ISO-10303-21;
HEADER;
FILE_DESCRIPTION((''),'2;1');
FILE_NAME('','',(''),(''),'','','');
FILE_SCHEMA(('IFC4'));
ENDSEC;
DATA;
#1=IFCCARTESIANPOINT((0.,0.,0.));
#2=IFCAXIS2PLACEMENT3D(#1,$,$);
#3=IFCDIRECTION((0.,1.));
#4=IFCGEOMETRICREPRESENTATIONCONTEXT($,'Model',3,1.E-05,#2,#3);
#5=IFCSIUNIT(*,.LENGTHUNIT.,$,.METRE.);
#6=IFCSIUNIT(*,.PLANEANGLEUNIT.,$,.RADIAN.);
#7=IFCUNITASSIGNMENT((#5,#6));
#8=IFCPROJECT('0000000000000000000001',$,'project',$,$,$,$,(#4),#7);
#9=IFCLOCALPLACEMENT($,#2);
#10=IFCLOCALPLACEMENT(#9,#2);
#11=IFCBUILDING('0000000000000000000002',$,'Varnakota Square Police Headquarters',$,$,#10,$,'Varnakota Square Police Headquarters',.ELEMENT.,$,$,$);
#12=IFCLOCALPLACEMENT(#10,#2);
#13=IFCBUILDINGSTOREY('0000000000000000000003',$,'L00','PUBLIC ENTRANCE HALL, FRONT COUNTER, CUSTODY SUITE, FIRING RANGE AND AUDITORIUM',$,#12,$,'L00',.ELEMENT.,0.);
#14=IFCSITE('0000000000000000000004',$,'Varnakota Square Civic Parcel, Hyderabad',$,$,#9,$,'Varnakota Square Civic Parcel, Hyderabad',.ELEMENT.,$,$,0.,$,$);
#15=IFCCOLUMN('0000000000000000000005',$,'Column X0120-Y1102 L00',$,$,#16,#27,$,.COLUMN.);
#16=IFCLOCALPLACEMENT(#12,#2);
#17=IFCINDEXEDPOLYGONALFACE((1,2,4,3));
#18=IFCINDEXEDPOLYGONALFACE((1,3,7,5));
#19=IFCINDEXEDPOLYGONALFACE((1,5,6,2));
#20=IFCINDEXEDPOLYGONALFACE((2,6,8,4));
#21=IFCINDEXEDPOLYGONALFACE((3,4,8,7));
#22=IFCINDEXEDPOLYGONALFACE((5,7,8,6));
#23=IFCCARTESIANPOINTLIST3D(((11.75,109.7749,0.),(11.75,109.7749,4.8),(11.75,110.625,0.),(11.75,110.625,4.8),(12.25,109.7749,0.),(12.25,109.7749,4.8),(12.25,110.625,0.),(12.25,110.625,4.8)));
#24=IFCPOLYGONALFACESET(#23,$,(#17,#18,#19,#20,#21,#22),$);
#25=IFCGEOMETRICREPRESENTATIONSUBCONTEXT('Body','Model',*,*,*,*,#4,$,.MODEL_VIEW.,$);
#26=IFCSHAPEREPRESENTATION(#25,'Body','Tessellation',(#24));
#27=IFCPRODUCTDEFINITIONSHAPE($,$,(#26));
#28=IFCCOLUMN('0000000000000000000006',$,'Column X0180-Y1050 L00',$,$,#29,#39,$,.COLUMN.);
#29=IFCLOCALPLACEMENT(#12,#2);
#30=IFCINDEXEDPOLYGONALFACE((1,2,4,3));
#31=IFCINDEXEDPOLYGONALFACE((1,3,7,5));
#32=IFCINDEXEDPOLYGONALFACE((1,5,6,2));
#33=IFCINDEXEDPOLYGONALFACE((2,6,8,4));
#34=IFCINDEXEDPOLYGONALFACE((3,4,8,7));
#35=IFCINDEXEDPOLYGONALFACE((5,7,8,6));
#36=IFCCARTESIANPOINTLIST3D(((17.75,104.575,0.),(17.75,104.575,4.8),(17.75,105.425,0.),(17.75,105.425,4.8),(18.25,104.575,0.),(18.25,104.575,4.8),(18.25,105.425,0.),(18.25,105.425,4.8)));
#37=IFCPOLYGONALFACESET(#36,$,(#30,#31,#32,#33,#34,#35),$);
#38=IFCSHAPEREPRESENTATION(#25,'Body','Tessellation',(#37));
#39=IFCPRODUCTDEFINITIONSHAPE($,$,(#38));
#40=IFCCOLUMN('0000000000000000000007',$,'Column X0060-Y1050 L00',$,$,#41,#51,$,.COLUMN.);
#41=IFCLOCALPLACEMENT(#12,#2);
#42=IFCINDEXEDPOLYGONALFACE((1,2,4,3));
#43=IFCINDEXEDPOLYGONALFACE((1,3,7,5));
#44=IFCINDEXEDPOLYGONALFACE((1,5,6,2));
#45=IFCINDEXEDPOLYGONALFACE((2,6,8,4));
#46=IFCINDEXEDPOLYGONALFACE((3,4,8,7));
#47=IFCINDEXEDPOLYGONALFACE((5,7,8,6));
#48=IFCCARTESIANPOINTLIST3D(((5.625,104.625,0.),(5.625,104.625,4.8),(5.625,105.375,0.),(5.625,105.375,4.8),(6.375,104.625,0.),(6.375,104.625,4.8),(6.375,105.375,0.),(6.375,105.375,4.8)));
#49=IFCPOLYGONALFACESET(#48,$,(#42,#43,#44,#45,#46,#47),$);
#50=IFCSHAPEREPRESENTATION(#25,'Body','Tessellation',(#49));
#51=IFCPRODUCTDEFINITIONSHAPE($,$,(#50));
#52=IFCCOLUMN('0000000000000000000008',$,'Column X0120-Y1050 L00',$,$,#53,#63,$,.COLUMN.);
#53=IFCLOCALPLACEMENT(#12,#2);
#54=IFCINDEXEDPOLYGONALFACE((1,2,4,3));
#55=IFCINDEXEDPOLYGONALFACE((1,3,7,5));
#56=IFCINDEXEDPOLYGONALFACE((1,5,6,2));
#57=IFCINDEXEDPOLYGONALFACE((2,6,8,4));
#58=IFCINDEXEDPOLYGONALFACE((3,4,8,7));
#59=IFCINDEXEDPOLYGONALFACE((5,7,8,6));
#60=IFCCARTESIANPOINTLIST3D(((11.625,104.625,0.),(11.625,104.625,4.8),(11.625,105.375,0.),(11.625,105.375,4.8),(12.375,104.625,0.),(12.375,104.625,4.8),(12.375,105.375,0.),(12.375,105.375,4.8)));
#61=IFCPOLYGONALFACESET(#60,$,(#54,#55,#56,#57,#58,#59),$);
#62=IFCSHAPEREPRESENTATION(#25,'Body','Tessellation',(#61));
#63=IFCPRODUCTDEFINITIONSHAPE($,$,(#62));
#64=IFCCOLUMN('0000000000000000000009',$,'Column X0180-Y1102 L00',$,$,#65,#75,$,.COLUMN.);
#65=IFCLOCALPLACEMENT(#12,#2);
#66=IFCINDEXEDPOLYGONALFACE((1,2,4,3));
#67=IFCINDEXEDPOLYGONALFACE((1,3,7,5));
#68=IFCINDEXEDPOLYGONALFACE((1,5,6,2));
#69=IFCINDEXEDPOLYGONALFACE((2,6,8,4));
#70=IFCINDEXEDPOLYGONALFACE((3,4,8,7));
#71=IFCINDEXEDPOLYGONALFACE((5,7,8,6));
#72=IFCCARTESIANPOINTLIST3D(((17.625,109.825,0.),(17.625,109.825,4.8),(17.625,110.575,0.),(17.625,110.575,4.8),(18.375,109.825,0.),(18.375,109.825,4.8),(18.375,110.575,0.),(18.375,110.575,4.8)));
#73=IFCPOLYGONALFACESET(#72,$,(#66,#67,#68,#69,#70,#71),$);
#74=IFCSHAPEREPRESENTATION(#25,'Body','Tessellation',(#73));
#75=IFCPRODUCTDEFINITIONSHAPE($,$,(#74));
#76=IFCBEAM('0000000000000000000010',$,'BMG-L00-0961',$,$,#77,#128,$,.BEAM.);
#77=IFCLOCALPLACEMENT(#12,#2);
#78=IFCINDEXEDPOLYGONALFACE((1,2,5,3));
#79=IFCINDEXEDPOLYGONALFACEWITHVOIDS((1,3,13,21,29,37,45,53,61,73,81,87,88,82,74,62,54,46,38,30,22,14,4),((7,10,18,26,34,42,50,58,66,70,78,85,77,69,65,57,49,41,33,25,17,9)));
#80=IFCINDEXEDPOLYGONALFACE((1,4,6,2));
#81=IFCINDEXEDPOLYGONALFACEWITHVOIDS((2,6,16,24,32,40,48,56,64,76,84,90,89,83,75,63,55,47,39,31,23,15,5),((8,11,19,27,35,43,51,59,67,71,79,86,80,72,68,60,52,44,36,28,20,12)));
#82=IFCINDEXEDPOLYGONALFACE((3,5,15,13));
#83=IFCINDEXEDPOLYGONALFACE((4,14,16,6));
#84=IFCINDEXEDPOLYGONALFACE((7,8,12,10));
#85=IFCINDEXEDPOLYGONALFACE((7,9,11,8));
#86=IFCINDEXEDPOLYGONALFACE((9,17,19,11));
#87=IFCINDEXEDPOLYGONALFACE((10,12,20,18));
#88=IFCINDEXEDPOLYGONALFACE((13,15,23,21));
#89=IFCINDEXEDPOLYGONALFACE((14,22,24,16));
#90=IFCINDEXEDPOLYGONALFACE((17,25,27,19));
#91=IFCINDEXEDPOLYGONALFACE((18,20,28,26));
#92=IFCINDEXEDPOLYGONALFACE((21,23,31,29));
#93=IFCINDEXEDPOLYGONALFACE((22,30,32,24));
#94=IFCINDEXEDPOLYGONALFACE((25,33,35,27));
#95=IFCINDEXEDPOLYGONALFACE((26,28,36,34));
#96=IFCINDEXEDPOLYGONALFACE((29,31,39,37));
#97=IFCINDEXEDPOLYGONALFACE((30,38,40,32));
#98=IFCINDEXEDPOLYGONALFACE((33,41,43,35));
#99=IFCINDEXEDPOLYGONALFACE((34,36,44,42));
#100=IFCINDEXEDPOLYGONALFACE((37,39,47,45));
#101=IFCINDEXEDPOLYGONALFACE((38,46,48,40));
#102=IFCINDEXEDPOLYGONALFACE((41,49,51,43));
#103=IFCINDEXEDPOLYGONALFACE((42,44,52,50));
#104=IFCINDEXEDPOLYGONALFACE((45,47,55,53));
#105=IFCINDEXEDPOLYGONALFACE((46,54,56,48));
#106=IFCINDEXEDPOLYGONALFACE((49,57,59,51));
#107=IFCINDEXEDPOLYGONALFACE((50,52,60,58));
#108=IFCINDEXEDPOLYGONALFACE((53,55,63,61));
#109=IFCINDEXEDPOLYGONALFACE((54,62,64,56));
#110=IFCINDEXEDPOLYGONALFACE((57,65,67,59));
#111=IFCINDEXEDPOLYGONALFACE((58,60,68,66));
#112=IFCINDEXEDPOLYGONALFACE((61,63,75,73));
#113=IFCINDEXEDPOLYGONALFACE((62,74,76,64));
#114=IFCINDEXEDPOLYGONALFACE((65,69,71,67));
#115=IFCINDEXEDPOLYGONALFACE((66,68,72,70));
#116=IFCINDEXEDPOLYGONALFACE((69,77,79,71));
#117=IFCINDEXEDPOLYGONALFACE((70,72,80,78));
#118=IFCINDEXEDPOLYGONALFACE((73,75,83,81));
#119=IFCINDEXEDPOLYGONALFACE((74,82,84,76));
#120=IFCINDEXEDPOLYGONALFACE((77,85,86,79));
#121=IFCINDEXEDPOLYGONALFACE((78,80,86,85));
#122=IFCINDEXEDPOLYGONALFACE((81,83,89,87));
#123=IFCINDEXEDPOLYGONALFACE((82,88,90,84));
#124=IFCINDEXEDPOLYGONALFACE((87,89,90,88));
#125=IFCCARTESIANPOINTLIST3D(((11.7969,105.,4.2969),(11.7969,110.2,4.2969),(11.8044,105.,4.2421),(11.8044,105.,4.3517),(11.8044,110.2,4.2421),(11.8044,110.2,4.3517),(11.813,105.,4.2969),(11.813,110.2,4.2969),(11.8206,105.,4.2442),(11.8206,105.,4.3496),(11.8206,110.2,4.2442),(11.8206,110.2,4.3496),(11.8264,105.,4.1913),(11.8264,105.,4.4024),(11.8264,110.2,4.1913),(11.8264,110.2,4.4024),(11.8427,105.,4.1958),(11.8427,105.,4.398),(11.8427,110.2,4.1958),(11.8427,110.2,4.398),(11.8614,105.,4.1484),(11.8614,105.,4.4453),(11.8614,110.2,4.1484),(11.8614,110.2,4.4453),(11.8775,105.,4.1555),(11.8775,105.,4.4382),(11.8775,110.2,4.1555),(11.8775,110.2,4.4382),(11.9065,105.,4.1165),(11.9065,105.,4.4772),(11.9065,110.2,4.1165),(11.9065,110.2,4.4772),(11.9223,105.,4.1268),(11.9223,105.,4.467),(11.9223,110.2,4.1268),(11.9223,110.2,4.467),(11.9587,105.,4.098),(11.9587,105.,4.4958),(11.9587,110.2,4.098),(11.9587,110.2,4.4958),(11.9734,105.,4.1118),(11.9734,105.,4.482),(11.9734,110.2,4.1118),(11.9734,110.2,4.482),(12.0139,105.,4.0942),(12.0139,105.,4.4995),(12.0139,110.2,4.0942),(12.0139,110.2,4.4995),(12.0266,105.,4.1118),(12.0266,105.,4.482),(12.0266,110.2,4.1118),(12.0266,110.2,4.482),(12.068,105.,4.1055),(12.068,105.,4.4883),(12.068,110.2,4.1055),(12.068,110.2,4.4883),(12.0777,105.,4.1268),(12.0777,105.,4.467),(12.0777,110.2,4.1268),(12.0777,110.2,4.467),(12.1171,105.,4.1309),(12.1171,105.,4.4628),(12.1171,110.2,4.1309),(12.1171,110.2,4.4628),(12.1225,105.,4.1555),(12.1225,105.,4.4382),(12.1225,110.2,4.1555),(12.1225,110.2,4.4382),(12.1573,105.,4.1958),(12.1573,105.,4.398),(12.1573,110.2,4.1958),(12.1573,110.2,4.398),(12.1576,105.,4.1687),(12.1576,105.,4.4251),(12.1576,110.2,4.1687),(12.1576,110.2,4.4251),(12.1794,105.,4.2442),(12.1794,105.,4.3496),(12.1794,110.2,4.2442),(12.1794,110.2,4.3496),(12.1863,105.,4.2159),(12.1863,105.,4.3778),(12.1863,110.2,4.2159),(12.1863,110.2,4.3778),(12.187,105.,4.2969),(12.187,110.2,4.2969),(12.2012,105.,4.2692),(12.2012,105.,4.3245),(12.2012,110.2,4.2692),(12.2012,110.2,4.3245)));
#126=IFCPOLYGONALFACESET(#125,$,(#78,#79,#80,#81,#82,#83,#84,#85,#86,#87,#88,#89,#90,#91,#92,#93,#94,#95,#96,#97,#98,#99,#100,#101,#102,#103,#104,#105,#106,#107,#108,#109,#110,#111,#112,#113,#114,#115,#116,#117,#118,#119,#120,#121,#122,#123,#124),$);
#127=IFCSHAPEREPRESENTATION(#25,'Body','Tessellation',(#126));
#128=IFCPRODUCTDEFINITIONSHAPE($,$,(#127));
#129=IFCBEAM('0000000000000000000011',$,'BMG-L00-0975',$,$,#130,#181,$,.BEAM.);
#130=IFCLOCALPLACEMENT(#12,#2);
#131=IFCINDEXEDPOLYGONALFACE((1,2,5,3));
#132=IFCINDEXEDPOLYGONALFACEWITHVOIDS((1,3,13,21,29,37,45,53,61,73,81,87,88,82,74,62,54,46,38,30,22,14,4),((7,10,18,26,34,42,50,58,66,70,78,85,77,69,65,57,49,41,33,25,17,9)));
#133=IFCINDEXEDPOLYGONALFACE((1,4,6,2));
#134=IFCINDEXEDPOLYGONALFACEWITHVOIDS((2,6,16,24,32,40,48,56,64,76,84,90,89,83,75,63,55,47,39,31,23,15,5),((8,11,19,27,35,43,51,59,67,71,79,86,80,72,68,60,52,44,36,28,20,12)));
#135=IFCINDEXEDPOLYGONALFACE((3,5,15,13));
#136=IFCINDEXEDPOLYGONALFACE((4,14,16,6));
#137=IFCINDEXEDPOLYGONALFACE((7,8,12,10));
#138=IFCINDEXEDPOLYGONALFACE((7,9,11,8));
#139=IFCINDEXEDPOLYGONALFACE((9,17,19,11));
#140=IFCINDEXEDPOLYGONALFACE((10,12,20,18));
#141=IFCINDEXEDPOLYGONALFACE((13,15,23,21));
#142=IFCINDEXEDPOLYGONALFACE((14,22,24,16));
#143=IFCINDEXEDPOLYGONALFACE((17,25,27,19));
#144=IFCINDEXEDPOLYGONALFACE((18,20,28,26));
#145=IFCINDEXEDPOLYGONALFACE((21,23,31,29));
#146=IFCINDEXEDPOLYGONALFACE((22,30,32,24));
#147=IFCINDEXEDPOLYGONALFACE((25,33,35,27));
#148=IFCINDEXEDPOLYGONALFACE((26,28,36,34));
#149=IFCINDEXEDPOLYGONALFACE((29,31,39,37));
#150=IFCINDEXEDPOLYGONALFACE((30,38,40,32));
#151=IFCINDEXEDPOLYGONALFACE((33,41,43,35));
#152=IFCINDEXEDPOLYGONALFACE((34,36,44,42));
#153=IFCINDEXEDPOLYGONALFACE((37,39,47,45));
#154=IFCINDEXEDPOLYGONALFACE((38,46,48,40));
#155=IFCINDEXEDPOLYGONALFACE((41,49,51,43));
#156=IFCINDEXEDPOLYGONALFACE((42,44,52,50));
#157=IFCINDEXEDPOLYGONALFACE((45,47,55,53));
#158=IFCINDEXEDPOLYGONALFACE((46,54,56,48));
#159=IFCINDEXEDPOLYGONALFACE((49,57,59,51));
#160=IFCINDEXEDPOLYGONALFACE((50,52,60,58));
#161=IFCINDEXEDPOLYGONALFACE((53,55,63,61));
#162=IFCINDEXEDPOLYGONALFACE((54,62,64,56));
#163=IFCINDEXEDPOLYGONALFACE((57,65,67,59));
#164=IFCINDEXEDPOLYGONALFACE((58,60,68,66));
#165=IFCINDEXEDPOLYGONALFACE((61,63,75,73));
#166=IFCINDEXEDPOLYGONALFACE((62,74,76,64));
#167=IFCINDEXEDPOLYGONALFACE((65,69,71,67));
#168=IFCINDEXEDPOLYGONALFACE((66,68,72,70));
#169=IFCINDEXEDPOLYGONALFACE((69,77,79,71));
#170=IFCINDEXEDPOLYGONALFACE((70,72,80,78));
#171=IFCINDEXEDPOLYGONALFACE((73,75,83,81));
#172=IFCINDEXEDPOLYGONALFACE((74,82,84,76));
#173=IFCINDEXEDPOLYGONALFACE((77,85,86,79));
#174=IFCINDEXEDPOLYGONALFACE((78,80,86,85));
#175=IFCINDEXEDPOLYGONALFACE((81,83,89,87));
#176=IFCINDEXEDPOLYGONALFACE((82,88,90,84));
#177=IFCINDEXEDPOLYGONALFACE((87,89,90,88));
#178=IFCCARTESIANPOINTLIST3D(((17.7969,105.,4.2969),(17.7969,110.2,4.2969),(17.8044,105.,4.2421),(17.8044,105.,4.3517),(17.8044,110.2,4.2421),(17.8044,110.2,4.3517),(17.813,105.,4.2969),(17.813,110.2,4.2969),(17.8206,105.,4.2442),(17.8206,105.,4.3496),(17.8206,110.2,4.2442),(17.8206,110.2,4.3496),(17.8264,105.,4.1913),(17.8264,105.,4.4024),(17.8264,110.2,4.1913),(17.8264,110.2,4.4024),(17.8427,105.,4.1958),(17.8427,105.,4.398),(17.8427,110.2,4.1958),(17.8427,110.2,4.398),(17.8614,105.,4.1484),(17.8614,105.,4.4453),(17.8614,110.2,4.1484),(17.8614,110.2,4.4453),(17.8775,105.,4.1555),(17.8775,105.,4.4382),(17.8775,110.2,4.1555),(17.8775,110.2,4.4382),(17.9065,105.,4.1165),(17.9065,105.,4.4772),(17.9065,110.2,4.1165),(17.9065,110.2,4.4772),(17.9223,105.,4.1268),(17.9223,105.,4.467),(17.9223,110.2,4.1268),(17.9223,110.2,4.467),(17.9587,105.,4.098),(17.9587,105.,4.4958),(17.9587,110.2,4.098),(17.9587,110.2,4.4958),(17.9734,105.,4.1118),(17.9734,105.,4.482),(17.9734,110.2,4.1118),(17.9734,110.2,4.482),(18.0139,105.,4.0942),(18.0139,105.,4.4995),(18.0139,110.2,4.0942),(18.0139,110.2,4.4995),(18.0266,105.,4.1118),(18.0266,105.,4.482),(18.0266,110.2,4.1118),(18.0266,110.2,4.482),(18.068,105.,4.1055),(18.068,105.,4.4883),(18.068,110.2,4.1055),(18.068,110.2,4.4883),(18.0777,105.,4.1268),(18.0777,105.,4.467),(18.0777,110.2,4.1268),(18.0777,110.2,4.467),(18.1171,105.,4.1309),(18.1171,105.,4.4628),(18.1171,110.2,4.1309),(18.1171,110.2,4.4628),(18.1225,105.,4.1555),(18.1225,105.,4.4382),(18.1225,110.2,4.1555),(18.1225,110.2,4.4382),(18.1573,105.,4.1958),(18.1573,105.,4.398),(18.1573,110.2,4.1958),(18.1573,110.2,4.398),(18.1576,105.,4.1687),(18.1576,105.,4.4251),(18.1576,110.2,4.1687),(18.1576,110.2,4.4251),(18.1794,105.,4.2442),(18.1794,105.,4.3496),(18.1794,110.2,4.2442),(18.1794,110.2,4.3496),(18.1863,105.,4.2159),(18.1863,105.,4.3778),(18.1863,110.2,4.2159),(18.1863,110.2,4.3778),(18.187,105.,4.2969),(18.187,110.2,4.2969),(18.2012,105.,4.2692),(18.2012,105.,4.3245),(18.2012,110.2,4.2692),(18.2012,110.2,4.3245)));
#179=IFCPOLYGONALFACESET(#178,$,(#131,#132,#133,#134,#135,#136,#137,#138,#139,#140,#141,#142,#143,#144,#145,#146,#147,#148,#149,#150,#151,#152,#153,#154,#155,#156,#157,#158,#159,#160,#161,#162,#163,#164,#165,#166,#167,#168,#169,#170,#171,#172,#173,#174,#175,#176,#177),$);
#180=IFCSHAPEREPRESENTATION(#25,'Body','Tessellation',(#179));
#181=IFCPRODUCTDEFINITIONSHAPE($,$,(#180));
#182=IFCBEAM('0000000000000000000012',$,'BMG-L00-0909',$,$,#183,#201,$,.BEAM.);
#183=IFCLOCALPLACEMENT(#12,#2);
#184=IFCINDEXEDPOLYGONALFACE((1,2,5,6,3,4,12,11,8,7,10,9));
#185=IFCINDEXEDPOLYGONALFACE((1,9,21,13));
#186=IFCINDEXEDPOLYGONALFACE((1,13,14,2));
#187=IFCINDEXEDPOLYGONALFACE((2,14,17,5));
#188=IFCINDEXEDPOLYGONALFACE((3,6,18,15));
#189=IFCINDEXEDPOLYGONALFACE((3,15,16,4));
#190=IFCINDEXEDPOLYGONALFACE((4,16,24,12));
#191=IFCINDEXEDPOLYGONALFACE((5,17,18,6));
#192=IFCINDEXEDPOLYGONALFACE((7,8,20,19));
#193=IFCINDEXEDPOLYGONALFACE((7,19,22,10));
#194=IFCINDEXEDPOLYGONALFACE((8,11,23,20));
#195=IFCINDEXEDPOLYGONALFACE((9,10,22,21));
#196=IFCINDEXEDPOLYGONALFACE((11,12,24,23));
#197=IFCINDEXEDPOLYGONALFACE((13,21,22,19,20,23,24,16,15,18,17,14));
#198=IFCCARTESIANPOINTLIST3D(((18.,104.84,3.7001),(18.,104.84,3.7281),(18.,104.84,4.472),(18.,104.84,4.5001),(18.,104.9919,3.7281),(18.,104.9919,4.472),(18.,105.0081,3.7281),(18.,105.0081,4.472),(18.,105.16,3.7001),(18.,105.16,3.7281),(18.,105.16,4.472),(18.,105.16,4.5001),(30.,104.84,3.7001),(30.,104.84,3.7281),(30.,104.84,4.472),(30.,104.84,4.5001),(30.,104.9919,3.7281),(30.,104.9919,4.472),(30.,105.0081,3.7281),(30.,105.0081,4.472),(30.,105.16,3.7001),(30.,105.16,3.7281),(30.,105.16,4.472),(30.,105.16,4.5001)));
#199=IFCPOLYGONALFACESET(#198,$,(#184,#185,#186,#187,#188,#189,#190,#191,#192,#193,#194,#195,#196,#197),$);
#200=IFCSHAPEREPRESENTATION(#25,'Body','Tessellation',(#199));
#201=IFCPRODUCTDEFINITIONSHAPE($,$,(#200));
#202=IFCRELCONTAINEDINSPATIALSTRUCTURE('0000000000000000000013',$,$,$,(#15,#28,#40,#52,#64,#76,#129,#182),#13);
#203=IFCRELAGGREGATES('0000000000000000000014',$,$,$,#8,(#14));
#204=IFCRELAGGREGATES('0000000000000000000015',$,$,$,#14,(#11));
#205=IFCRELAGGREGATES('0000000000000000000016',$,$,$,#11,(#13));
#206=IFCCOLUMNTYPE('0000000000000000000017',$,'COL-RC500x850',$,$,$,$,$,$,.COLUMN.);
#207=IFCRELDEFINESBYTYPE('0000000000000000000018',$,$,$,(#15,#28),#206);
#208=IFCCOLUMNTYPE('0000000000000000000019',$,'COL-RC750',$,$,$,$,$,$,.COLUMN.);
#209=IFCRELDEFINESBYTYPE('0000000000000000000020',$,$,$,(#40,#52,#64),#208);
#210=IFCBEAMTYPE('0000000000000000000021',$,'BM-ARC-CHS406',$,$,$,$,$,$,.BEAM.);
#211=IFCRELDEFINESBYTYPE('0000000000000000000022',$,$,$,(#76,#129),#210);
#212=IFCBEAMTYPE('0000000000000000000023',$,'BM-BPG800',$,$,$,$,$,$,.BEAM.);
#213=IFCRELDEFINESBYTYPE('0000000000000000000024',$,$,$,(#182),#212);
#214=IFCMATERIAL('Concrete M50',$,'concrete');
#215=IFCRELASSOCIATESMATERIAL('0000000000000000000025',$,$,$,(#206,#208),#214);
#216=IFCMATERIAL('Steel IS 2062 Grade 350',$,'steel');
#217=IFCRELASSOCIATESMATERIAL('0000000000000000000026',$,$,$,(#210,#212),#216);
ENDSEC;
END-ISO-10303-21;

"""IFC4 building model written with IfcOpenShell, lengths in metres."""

from ifc_helpers import new_model, si_unit, direction, frame, origin, origin_2d, place, context, subcontext, project, spatial, rectangle, hollow_circle, i_section, extrude, material, material_profile, profile_set, type_object, element, save


model = new_model("IFC4")

# Units and contexts
model_context = context("Model", 3, precision=1e-05, world=origin(), true_north=direction((0.0, 1.0)))
body_context = subcontext(model_context, "Body", "Model", "MODEL_VIEW")
ifc_project = project(units=[si_unit("LENGTHUNIT", "METRE"), si_unit("PLANEANGLEUNIT", "RADIAN")], contexts=[model_context])

# Site, building, storey
site_placement = place(None, origin())
site = spatial("IfcSite", under=ifc_project, at=site_placement, Name="Varnakota Square Civic Parcel, Hyderabad", LongName="Varnakota Square Civic Parcel, Hyderabad", CompositionType="ELEMENT", RefElevation=0.0)
building_placement = place(site_placement, origin())
building = spatial("IfcBuilding", under=site, at=building_placement, Name="Varnakota Square Police Headquarters", LongName="Varnakota Square Police Headquarters", CompositionType="ELEMENT")
storey_placement = place(building_placement, origin())
storey = spatial("IfcBuildingStorey", under=building, at=storey_placement, Name="L00", Description="PUBLIC ENTRANCE HALL, FRONT COUNTER, CUSTODY SUITE, FIRING RANGE AND AUDITORIUM", LongName="L00", CompositionType="ELEMENT", Elevation=0.0)

# Columns
ifc_material_1 = material(Name="Concrete M50", Category="concrete")
ifc_material_profile_1 = material_profile(ifc_material_1, rectangle(XDim=0.5, YDim=0.8501, at=origin_2d()), Name="RC 500x850")
ifc_profile_set_1 = profile_set([ifc_material_profile_1], Name="Concrete M50")
column_type_1 = type_object("IfcColumnType", Name="COL-RC500x850", PredefinedType="COLUMN", material=ifc_profile_set_1)
for number, where, z_axis, x_axis, name in (
    (1, (12.0, 110.2, 0.0), (0.0, 0.0, 1.0), (1.0, 0.0, 0.0), "Column X0120-Y1102 L00"),
    (2, (18.0, 105.0, 0.0), (0.0, 0.0, 1.0), (1.0, 0.0, 0.0), "Column X0180-Y1050 L00"),
):
    element("IfcColumn", number, at=place(storey_placement, frame(where, z_axis=z_axis, x_axis=x_axis)), inside=storey, type_object=column_type_1, Name=name, PredefinedType="COLUMN", context=body_context, shape_type="SweptSolid", body=[
        extrude(rectangle(XDim=0.5, YDim=0.8501, at=origin_2d()), origin(), (0.0, 0.0, 1.0), 4.8),
    ])
ifc_material_profile_2 = material_profile(ifc_material_1, rectangle(XDim=0.75, YDim=0.75, at=origin_2d()), Name="RC 750x750")
ifc_profile_set_2 = profile_set([ifc_material_profile_2], Name="Concrete M50")
column_type_2 = type_object("IfcColumnType", Name="COL-RC750", PredefinedType="COLUMN", material=ifc_profile_set_2)
for number, where, z_axis, x_axis, name in (
    (3, (6.0, 105.0, 0.0), (0.0, 0.0, 1.0), (1.0, 0.0, 0.0), "Column X0060-Y1050 L00"),
    (4, (12.0, 105.0, 0.0), (0.0, 0.0, 1.0), (1.0, 0.0, 0.0), "Column X0120-Y1050 L00"),
    (5, (18.0, 110.2, 0.0), (0.0, 0.0, 1.0), (1.0, 0.0, 0.0), "Column X0180-Y1102 L00"),
):
    element("IfcColumn", number, at=place(storey_placement, frame(where, z_axis=z_axis, x_axis=x_axis)), inside=storey, type_object=column_type_2, Name=name, PredefinedType="COLUMN", context=body_context, shape_type="SweptSolid", body=[
        extrude(rectangle(XDim=0.75, YDim=0.75, at=origin_2d()), origin(), (0.0, 0.0, 1.0), 4.8),
    ])

# Beams
ifc_material_2 = material(Name="Steel IS 2062 Grade 350", Category="steel")
ifc_material_profile_3 = material_profile(ifc_material_2, hollow_circle(Radius=0.2031, WallThickness=0.0161, at=origin_2d()), Name="CHS 406.4x16.0")
ifc_profile_set_3 = profile_set([ifc_material_profile_3], Name="Steel IS 2062 Grade 350")
beam_type_1 = type_object("IfcBeamType", Name="BM-ARC-CHS406", PredefinedType="BEAM", material=ifc_profile_set_3)
for number, where, z_axis, x_axis, name in (
    (6, (12.0, 105.0, 4.2969), (0.0, 1.0, 0.0), (-1.0, 0.0, 0.0), "BMG-L00-0961"),
    (7, (18.0, 105.0, 4.2969), (0.0, 1.0, 0.0), (-1.0, 0.0, 0.0), "BMG-L00-0975"),
):
    element("IfcBeam", number, at=place(storey_placement, frame(where, z_axis=z_axis, x_axis=x_axis)), inside=storey, type_object=beam_type_1, Name=name, PredefinedType="BEAM", context=body_context, shape_type="SweptSolid", body=[
        extrude(hollow_circle(Radius=0.2031, WallThickness=0.0161, at=origin_2d()), origin(), (0.0, 0.0, 1.0), 5.2),
    ])
ifc_material_profile_4 = material_profile(ifc_material_2, i_section(OverallWidth=0.3201, OverallDepth=0.8, WebThickness=0.0161, FlangeThickness=0.0281, at=origin_2d()), Name="BPG 800x320")
ifc_profile_set_4 = profile_set([ifc_material_profile_4], Name="Steel IS 2062 Grade 350")
beam_type_2 = type_object("IfcBeamType", Name="BM-BPG800", PredefinedType="BEAM", material=ifc_profile_set_4)
beam_1_placement = place(storey_placement, frame((18.0, 105.0, 4.1001), z_axis=(1.0, 0.0, 0.0), x_axis=(0.0, 1.0, 0.0)))
element("IfcBeam", 8, at=beam_1_placement, inside=storey, type_object=beam_type_2, Name="BMG-L00-0909", PredefinedType="BEAM", context=body_context, shape_type="SweptSolid", body=[
    extrude(i_section(OverallWidth=0.3201, OverallDepth=0.8, WebThickness=0.0161, FlangeThickness=0.0281, at=origin_2d()), origin(), (0.0, 0.0, 1.0), 12.0),
])

save(model, "model.ifc")
